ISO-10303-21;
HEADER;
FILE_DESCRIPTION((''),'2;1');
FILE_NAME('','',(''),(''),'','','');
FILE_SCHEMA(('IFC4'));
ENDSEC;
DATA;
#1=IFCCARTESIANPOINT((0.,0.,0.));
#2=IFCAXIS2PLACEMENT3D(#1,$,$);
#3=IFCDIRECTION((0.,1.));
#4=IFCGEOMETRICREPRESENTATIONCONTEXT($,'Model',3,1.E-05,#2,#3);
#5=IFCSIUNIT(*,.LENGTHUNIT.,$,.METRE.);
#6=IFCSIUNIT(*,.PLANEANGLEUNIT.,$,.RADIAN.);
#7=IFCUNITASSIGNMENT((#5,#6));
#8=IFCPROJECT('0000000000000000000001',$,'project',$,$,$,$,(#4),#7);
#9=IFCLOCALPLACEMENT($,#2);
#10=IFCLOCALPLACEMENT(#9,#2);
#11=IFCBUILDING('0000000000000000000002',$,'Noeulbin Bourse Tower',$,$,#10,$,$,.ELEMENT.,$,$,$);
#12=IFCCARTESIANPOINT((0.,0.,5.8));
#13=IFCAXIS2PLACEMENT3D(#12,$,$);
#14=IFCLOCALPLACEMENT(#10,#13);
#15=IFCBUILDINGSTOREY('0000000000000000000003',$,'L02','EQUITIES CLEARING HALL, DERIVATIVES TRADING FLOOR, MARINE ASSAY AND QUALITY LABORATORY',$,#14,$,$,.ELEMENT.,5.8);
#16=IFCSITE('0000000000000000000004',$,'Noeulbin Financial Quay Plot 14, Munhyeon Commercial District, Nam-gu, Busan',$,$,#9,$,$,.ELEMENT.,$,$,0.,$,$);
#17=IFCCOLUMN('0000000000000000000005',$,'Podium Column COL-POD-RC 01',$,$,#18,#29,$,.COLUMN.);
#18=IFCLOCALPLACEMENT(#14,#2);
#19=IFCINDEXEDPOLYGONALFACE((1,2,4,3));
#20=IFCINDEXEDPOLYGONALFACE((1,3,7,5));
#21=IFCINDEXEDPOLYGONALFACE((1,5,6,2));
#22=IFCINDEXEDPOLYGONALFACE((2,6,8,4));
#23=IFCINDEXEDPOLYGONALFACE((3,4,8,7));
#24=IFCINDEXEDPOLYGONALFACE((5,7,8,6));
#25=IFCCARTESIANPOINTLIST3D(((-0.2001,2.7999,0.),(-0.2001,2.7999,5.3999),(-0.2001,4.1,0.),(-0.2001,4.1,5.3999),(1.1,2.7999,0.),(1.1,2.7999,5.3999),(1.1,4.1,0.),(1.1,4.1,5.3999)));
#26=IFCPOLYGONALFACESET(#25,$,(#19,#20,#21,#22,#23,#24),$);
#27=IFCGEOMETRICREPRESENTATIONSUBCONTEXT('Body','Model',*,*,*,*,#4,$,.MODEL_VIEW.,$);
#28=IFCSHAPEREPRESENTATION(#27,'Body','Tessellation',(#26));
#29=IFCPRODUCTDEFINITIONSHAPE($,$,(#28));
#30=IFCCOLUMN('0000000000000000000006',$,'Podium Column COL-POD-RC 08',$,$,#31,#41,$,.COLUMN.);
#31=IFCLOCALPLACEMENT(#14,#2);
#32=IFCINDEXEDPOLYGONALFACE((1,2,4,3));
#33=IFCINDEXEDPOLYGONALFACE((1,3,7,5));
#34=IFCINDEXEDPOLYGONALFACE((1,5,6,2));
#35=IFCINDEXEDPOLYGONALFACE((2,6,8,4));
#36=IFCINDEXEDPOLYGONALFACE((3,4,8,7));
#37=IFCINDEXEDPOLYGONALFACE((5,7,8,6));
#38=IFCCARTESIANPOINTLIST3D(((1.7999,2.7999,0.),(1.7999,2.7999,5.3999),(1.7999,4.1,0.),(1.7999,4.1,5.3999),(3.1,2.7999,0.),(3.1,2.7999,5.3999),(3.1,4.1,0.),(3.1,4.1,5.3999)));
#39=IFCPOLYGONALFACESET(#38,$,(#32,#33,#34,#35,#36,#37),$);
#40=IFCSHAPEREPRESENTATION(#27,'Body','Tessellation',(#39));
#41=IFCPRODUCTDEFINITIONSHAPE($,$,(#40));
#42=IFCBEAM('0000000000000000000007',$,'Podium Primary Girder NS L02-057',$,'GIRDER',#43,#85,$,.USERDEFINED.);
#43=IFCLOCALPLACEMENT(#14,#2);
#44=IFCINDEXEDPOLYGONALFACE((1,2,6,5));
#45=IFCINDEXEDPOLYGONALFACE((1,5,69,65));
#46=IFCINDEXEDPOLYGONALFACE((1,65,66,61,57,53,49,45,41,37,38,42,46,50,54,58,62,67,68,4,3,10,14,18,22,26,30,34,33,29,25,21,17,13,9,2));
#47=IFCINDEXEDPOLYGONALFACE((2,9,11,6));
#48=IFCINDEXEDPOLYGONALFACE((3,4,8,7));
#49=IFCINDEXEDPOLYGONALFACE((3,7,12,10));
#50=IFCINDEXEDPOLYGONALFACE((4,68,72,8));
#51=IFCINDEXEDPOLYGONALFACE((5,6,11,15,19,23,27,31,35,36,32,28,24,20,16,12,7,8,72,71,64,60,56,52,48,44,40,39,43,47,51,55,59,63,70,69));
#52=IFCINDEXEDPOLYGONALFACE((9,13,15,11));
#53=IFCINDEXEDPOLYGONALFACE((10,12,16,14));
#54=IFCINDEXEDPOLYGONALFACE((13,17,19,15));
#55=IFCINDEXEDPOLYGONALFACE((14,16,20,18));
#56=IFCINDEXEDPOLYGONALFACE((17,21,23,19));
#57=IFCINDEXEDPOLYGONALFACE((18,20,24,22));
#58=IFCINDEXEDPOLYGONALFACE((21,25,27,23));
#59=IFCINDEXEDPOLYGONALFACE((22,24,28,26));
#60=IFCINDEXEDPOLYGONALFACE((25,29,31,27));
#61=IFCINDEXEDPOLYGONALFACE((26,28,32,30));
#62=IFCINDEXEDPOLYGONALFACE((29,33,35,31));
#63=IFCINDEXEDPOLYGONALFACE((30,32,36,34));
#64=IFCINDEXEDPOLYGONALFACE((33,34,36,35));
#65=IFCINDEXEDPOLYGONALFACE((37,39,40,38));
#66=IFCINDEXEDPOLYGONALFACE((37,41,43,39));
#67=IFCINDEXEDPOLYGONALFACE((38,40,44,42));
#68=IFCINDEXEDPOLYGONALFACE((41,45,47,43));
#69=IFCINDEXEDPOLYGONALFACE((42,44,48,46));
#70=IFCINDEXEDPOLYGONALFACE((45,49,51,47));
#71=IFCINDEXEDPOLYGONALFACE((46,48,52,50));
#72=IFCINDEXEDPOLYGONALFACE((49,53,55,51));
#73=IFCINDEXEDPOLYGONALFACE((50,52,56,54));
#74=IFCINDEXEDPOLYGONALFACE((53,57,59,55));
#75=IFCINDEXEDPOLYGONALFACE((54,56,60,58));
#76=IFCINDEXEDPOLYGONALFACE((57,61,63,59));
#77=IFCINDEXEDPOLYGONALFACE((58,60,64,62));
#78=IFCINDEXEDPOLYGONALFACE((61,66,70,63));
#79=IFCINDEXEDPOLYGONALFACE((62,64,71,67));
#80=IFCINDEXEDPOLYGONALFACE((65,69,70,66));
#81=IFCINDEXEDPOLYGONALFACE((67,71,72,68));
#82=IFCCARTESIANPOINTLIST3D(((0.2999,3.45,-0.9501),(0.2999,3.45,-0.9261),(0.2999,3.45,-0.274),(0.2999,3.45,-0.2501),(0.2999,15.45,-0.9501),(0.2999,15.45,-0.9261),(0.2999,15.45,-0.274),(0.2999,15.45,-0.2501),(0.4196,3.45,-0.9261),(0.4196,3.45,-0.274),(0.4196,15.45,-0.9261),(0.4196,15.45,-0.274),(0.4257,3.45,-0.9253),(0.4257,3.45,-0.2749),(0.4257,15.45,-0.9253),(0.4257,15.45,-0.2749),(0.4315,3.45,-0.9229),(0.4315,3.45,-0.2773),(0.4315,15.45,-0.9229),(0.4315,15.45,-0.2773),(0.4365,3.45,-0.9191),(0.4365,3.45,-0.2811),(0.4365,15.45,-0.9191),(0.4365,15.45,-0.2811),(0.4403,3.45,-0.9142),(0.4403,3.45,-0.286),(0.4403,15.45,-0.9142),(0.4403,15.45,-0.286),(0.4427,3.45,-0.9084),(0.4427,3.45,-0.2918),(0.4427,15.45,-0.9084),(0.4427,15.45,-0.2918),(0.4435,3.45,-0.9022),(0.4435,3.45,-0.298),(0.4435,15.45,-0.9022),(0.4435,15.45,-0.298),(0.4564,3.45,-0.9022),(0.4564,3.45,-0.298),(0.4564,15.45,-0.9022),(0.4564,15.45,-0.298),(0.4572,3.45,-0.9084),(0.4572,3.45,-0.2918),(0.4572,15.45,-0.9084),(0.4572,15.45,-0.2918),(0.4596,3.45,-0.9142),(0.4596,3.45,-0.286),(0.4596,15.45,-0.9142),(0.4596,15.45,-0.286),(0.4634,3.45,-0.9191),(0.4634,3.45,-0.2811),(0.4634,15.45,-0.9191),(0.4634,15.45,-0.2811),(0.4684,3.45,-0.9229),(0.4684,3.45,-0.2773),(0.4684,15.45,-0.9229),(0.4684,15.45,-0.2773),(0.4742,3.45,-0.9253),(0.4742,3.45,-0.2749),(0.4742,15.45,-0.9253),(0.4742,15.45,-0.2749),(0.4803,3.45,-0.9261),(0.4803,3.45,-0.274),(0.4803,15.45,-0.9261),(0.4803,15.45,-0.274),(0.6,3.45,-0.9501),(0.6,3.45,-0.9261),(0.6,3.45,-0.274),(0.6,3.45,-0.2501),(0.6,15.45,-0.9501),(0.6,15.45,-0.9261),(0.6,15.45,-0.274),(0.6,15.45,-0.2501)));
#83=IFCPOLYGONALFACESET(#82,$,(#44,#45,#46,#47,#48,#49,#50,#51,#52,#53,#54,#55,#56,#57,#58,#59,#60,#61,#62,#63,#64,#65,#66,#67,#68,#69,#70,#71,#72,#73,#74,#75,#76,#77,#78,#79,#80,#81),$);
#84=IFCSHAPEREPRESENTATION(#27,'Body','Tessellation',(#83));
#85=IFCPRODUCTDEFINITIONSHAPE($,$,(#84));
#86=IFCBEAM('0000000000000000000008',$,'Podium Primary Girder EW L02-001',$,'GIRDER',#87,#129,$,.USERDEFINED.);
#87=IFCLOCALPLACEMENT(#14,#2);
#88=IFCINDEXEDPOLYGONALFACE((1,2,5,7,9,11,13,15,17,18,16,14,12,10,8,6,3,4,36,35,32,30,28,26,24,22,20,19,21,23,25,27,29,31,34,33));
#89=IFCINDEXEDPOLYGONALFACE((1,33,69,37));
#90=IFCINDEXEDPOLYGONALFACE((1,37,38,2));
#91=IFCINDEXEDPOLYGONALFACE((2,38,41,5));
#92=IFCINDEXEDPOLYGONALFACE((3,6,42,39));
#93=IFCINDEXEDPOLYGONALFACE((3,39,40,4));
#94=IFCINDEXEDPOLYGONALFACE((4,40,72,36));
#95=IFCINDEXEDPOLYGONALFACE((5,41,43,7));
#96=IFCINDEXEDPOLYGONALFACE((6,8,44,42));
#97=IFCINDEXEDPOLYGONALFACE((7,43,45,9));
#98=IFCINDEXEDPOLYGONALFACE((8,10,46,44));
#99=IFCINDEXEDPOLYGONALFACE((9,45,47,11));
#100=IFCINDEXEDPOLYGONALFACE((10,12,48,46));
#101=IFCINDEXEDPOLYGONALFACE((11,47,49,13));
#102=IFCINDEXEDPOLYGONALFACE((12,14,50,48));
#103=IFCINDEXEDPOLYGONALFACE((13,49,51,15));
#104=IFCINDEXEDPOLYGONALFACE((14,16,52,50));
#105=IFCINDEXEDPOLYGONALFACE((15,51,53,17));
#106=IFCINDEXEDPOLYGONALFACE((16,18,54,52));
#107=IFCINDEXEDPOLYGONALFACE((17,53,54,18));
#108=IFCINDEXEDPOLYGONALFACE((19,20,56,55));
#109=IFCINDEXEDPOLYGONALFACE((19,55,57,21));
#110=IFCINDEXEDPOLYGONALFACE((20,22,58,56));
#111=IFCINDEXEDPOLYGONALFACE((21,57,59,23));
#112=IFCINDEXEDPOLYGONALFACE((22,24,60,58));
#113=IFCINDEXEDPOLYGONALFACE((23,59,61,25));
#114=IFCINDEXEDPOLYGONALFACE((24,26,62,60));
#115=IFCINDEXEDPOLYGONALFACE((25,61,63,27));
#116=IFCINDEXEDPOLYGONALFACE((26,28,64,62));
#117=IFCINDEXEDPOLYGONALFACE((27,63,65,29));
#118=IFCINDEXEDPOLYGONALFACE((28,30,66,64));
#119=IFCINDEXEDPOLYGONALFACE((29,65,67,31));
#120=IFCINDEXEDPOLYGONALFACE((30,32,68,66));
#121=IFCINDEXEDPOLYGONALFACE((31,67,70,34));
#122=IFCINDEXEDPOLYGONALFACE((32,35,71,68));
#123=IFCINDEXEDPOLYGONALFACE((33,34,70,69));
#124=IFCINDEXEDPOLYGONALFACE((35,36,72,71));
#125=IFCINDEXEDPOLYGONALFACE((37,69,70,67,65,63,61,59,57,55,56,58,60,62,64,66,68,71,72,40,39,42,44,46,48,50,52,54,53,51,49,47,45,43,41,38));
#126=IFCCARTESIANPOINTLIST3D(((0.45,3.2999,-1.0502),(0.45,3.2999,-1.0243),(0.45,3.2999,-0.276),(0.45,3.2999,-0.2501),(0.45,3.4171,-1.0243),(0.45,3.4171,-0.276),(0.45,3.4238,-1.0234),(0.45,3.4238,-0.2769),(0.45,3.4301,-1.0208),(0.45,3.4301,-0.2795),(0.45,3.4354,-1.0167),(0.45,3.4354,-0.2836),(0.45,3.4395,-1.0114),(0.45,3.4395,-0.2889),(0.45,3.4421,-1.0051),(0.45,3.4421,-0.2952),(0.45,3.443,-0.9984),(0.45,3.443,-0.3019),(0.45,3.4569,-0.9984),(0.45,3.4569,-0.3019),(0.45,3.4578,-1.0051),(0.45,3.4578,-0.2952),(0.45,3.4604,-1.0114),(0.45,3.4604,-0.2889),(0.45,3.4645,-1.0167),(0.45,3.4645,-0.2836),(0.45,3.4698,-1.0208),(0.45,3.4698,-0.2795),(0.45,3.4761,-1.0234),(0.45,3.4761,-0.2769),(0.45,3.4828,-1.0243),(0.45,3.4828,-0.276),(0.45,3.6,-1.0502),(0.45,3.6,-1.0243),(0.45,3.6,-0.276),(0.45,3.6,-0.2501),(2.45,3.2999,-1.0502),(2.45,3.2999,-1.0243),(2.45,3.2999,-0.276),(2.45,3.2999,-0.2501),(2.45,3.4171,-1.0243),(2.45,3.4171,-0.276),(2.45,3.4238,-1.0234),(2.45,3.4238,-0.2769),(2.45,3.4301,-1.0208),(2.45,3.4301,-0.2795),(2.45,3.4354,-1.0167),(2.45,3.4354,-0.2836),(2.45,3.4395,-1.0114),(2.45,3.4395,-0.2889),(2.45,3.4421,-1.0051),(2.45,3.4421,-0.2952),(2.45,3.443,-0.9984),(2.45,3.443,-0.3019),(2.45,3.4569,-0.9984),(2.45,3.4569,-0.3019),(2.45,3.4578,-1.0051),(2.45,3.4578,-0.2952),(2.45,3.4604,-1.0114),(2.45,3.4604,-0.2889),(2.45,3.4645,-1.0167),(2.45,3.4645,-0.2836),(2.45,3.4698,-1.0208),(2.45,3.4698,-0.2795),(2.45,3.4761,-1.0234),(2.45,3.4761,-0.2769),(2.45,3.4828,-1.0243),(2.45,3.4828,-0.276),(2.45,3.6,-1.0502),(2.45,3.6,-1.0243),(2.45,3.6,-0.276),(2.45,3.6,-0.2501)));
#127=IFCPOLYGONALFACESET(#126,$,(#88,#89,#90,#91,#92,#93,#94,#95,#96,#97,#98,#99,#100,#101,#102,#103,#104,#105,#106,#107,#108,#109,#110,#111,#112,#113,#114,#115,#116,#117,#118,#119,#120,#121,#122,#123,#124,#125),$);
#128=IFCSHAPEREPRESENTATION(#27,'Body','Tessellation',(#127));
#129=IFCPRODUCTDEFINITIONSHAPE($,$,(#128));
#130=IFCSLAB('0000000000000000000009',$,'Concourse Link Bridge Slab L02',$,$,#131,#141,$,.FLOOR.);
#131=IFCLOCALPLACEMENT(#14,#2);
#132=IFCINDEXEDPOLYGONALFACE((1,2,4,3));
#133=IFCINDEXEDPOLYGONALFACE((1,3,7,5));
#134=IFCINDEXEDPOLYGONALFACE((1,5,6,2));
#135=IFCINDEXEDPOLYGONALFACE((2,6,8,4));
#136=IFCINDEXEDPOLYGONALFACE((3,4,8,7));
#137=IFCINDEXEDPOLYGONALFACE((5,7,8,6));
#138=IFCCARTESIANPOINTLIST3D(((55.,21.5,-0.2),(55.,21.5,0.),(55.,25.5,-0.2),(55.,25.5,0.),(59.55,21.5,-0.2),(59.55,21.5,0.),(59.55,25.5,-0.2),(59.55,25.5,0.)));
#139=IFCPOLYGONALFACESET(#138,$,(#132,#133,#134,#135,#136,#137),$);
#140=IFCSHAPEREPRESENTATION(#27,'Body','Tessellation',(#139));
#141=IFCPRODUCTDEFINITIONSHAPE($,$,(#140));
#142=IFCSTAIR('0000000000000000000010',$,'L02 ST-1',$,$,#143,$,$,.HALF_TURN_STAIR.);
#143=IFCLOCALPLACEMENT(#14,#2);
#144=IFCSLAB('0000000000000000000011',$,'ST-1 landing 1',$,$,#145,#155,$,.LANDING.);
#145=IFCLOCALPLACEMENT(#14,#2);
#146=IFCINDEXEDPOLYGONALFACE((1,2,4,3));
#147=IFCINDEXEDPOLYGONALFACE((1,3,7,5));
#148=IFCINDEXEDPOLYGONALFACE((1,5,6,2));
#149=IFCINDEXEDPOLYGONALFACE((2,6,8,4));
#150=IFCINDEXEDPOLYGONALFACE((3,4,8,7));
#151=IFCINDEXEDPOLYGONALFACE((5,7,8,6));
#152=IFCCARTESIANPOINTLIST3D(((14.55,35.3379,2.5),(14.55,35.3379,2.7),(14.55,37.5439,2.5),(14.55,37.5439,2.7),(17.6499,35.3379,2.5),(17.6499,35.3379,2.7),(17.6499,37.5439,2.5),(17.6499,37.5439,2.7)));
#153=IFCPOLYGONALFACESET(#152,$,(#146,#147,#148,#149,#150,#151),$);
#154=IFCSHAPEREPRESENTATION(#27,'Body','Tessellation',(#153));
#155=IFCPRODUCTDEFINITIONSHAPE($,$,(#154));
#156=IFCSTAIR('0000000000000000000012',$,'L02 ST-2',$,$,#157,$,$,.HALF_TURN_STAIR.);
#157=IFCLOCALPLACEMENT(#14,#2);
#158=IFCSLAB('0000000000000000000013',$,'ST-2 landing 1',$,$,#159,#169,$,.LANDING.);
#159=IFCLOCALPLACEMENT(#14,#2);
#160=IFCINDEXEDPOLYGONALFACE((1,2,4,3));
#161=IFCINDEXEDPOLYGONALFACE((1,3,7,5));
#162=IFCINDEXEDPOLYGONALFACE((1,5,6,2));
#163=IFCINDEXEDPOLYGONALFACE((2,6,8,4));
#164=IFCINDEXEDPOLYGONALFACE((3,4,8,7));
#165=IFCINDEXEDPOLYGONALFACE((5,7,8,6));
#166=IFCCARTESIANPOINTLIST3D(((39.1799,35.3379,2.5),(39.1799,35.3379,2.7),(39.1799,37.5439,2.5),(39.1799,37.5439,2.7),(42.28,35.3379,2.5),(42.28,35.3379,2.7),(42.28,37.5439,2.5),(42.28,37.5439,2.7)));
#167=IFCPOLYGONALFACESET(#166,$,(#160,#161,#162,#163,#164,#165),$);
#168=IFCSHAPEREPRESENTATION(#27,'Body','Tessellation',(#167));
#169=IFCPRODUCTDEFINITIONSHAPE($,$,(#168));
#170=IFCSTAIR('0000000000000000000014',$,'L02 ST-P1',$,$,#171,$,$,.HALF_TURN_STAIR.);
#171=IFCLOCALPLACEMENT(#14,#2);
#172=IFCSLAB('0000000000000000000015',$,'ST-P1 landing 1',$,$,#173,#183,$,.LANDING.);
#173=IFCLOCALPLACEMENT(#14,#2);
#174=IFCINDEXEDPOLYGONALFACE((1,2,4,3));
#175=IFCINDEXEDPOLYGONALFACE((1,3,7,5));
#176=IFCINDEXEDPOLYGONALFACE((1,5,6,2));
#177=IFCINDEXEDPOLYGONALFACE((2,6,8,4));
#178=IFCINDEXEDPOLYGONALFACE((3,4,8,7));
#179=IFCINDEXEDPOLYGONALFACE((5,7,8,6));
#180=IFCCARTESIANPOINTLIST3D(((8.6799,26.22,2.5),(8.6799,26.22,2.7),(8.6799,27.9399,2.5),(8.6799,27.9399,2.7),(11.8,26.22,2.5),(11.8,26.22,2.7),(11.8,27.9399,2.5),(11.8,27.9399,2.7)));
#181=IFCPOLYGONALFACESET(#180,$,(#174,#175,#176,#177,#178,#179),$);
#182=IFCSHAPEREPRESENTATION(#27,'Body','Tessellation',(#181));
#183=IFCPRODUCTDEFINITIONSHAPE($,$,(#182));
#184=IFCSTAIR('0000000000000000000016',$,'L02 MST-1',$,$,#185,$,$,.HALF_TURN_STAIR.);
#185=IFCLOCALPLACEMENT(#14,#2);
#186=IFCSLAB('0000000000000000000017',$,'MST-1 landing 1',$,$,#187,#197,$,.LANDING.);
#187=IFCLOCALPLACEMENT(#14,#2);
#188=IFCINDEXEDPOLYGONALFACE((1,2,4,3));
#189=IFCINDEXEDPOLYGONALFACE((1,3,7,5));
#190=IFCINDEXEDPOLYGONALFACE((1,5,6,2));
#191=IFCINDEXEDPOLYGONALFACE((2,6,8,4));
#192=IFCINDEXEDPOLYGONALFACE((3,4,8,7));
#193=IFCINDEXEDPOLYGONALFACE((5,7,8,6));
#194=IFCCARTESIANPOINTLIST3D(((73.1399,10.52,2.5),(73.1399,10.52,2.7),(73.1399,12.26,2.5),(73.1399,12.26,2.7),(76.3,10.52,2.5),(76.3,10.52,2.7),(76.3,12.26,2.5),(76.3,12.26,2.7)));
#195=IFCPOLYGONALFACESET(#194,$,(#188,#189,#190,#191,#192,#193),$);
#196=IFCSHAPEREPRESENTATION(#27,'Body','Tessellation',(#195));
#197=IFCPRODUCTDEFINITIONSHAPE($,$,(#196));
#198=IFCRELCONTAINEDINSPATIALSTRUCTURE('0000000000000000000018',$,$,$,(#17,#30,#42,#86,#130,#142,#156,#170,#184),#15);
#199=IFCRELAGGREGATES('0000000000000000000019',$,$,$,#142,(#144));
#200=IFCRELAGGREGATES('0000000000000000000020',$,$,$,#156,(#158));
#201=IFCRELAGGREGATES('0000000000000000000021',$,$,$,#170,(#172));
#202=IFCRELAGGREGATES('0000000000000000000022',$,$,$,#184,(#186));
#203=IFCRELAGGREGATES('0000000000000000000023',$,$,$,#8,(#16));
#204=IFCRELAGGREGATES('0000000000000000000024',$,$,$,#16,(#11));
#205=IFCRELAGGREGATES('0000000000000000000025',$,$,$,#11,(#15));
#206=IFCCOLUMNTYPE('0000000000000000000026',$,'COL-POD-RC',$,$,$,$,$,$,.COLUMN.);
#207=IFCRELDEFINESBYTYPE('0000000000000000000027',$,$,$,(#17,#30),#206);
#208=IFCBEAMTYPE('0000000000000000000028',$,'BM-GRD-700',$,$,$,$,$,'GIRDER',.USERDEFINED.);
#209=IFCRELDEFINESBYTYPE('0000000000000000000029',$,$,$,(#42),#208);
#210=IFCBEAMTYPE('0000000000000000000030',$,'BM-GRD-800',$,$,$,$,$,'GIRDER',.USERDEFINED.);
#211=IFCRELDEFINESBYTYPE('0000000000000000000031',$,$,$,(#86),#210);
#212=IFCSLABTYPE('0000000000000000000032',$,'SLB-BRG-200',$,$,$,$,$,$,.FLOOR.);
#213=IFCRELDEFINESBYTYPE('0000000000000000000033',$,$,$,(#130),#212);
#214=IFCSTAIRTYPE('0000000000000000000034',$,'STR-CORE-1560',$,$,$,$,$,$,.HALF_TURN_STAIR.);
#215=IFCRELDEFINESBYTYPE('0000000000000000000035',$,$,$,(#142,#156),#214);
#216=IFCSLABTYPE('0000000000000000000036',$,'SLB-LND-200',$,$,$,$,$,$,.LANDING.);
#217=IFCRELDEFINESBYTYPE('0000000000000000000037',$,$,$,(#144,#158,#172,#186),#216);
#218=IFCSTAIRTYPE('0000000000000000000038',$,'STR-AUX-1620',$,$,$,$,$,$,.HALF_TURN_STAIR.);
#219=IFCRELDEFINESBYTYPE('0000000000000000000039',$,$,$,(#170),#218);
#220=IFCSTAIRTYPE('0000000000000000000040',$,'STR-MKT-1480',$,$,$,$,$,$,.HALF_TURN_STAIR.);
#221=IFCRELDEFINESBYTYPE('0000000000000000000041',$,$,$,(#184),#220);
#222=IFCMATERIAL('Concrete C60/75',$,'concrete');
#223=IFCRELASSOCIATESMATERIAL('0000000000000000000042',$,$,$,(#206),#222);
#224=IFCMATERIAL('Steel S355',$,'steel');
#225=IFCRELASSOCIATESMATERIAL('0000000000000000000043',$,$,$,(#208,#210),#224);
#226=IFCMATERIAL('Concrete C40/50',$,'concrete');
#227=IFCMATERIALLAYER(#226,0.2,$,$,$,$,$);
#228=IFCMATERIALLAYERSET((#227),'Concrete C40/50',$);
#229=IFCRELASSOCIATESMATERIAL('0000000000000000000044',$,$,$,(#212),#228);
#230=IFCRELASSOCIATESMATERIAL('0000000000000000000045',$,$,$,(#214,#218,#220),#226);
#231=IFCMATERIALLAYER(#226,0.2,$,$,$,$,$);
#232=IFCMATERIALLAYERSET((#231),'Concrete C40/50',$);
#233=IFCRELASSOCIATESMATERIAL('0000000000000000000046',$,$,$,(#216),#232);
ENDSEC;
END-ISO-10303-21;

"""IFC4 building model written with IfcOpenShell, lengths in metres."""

from ifc_helpers import new_model, si_unit, direction, frame, origin, origin_2d, place, context, subcontext, project, spatial, polyline, rectangle, i_section, outline, extrude, material, layer, layer_set, material_profile, profile_set, type_object, element, aggregate, save


model = new_model("IFC4")

# Units and contexts
model_context = context("Model", 3, precision=1e-05, world=origin(), true_north=direction((0.0, 1.0)))
body_context = subcontext(model_context, "Body", "Model", "MODEL_VIEW")
ifc_project = project(units=[si_unit("LENGTHUNIT", "METRE"), si_unit("PLANEANGLEUNIT", "RADIAN")], contexts=[model_context])

# Site, building, storey
site_placement = place(None, origin())
site = spatial("IfcSite", under=ifc_project, at=site_placement, Name="Noeulbin Financial Quay Plot 14, Munhyeon Commercial District, Nam-gu, Busan", CompositionType="ELEMENT", RefElevation=0.0)
building_placement = place(site_placement, origin())
building = spatial("IfcBuilding", under=site, at=building_placement, Name="Noeulbin Bourse Tower", CompositionType="ELEMENT")
storey_placement = place(building_placement, frame((0.0, 0.0, 5.8)))
storey = spatial("IfcBuildingStorey", under=building, at=storey_placement, Name="L02", Description="EQUITIES CLEARING HALL, DERIVATIVES TRADING FLOOR, MARINE ASSAY AND QUALITY LABORATORY", CompositionType="ELEMENT", Elevation=5.8)

# Columns
ifc_material_1 = material(Name="Concrete C60/75", Category="concrete")
ifc_material_profile_1 = material_profile(ifc_material_1, rectangle(XDim=1.3, YDim=1.3, at=origin_2d()), Name="RC-COL-1300x1300", Category="LoadBearing")
ifc_profile_set_1 = profile_set([ifc_material_profile_1], Name="Concrete C60/75")
column_type = type_object("IfcColumnType", Name="COL-POD-RC", PredefinedType="COLUMN", material=ifc_profile_set_1)
for number, where, z_axis, x_axis, name in (
    (1, (0.45, 3.45, 0.0), (0.0, 0.0, 1.0), (1.0, 0.0, 0.0), "Podium Column COL-POD-RC 01"),
    (2, (2.45, 3.45, 0.0), (0.0, 0.0, 1.0), (1.0, 0.0, 0.0), "Podium Column COL-POD-RC 08"),
):
    element("IfcColumn", number, at=place(storey_placement, frame(where, z_axis=z_axis, x_axis=x_axis)), inside=storey, type_object=column_type, Name=name, PredefinedType="COLUMN", context=body_context, shape_type="SweptSolid", body=[
        extrude(rectangle(XDim=1.3, YDim=1.3, at=origin_2d()), origin(), (0.0, 0.0, 1.0), 5.3999),
    ])

# Beams
ifc_material_2 = material(Name="Steel S355", Category="steel")
ifc_material_profile_2 = material_profile(ifc_material_2, i_section(OverallWidth=0.3, OverallDepth=0.7, WebThickness=0.0129, FlangeThickness=0.0239, FilletRadius=0.0239, at=origin_2d()), Name="H-700x300x13x24", Category="LoadBearing")
ifc_profile_set_2 = profile_set([ifc_material_profile_2], Name="Steel S355")
beam_type_1 = type_object("IfcBeamType", Name="BM-GRD-700", ElementType="GIRDER", PredefinedType="USERDEFINED", material=ifc_profile_set_2)
beam_1_placement = place(storey_placement, frame((0.45, 3.45, -0.6001), z_axis=(0.0, 1.0, 0.0), x_axis=(-1.0, 0.0, 0.0)))
element("IfcBeam", 3, at=beam_1_placement, inside=storey, type_object=beam_type_1, Name="Podium Primary Girder NS L02-057", ObjectType="GIRDER", PredefinedType="USERDEFINED", context=body_context, shape_type="SweptSolid", body=[
    extrude(i_section(OverallWidth=0.3, OverallDepth=0.7, WebThickness=0.0129, FlangeThickness=0.0239, FilletRadius=0.0239, at=origin_2d()), origin(), (0.0, 0.0, 1.0), 12.0),
])
ifc_material_profile_3 = material_profile(ifc_material_2, i_section(OverallWidth=0.3, OverallDepth=0.8, WebThickness=0.0139, FlangeThickness=0.0259, FilletRadius=0.0259, at=origin_2d()), Name="H-800x300x14x26", Category="LoadBearing")
ifc_profile_set_3 = profile_set([ifc_material_profile_3], Name="Steel S355")
beam_type_2 = type_object("IfcBeamType", Name="BM-GRD-800", ElementType="GIRDER", PredefinedType="USERDEFINED", material=ifc_profile_set_3)
beam_2_placement = place(storey_placement, frame((0.45, 3.45, -0.6501), z_axis=(1.0, 0.0, 0.0), x_axis=(0.0, 1.0, 0.0)))
element("IfcBeam", 4, at=beam_2_placement, inside=storey, type_object=beam_type_2, Name="Podium Primary Girder EW L02-001", ObjectType="GIRDER", PredefinedType="USERDEFINED", context=body_context, shape_type="SweptSolid", body=[
    extrude(i_section(OverallWidth=0.3, OverallDepth=0.8, WebThickness=0.0139, FlangeThickness=0.0259, FilletRadius=0.0259, at=origin_2d()), origin(), (0.0, 0.0, 1.0), 2.0),
])

# Slab
ifc_material_3 = material(Name="Concrete C40/50", Category="concrete")
ifc_layer_1 = layer(ifc_material_3, 0.2)
ifc_layer_set_1 = layer_set([ifc_layer_1], Name="Concrete C40/50")
slab_type_1 = type_object("IfcSlabType", Name="SLB-BRG-200", PredefinedType="FLOOR", material=ifc_layer_set_1)
slab_1_placement = place(storey_placement, frame((0.0, 0.0, -0.2)))
element("IfcSlab", 5, at=slab_1_placement, inside=storey, type_object=slab_type_1, Name="Concourse Link Bridge Slab L02", PredefinedType="FLOOR", context=body_context, shape_type="SweptSolid", body=[
    extrude(outline(polyline([(55.0, 21.5), (59.55, 21.5), (59.55, 25.5), (55.0, 25.5), (55.0, 21.5)])), origin(), (0.0, 0.0, 1.0), 0.2),
])

# Stairs, slabs
stair_type_1 = type_object("IfcStairType", Name="STR-CORE-1560", PredefinedType="HALF_TURN_STAIR", material=ifc_material_3)
stair_1_placement = place(storey_placement, origin())
stair_1 = element("IfcStair", 6, at=stair_1_placement, inside=storey, type_object=stair_type_1, Name="L02 ST-1", PredefinedType="HALF_TURN_STAIR")
ifc_layer_2 = layer(ifc_material_3, 0.2)
ifc_layer_set_2 = layer_set([ifc_layer_2], Name="Concrete C40/50")
slab_type_2 = type_object("IfcSlabType", Name="SLB-LND-200", PredefinedType="LANDING", material=ifc_layer_set_2)
slab_2_placement = place(storey_placement, frame((0.0, 0.0, 2.5)))
slab_2 = element("IfcSlab", 7, at=slab_2_placement, type_object=slab_type_2, Name="ST-1 landing 1", PredefinedType="LANDING", context=body_context, shape_type="SweptSolid", body=[
    extrude(outline(polyline([(17.6499, 35.3379), (17.6499, 37.5439), (14.55, 37.5439), (14.55, 35.3379), (17.6499, 35.3379)])), origin(), (0.0, 0.0, 1.0), 0.2),
])
aggregate(stair_1, [slab_2])
stair_2_placement = place(storey_placement, origin())
stair_2 = element("IfcStair", 8, at=stair_2_placement, inside=storey, type_object=stair_type_1, Name="L02 ST-2", PredefinedType="HALF_TURN_STAIR")
slab_3_placement = place(storey_placement, frame((0.0, 0.0, 2.5)))
slab_3 = element("IfcSlab", 9, at=slab_3_placement, type_object=slab_type_2, Name="ST-2 landing 1", PredefinedType="LANDING", context=body_context, shape_type="SweptSolid", body=[
    extrude(outline(polyline([(42.28, 35.3379), (42.28, 37.5439), (39.1799, 37.5439), (39.1799, 35.3379), (42.28, 35.3379)])), origin(), (0.0, 0.0, 1.0), 0.2),
])
aggregate(stair_2, [slab_3])
stair_type_2 = type_object("IfcStairType", Name="STR-AUX-1620", PredefinedType="HALF_TURN_STAIR", material=ifc_material_3)
stair_3_placement = place(storey_placement, origin())
stair_3 = element("IfcStair", 10, at=stair_3_placement, inside=storey, type_object=stair_type_2, Name="L02 ST-P1", PredefinedType="HALF_TURN_STAIR")
slab_4_placement = place(storey_placement, frame((0.0, 0.0, 2.5)))
slab_4 = element("IfcSlab", 11, at=slab_4_placement, type_object=slab_type_2, Name="ST-P1 landing 1", PredefinedType="LANDING", context=body_context, shape_type="SweptSolid", body=[
    extrude(outline(polyline([(11.8, 26.22), (11.8, 27.9399), (8.6799, 27.9399), (8.6799, 26.22), (11.8, 26.22)])), origin(), (0.0, 0.0, 1.0), 0.2),
])
aggregate(stair_3, [slab_4])
stair_type_3 = type_object("IfcStairType", Name="STR-MKT-1480", PredefinedType="HALF_TURN_STAIR", material=ifc_material_3)
stair_4_placement = place(storey_placement, origin())
stair_4 = element("IfcStair", 12, at=stair_4_placement, inside=storey, type_object=stair_type_3, Name="L02 MST-1", PredefinedType="HALF_TURN_STAIR")
slab_5_placement = place(storey_placement, frame((0.0, 0.0, 2.5)))
slab_5 = element("IfcSlab", 13, at=slab_5_placement, type_object=slab_type_2, Name="MST-1 landing 1", PredefinedType="LANDING", context=body_context, shape_type="SweptSolid", body=[
    extrude(outline(polyline([(76.3, 10.52), (76.3, 12.26), (73.1399, 12.26), (73.1399, 10.52), (76.3, 10.52)])), origin(), (0.0, 0.0, 1.0), 0.2),
])
aggregate(stair_4, [slab_5])

save(model, "model.ifc")
